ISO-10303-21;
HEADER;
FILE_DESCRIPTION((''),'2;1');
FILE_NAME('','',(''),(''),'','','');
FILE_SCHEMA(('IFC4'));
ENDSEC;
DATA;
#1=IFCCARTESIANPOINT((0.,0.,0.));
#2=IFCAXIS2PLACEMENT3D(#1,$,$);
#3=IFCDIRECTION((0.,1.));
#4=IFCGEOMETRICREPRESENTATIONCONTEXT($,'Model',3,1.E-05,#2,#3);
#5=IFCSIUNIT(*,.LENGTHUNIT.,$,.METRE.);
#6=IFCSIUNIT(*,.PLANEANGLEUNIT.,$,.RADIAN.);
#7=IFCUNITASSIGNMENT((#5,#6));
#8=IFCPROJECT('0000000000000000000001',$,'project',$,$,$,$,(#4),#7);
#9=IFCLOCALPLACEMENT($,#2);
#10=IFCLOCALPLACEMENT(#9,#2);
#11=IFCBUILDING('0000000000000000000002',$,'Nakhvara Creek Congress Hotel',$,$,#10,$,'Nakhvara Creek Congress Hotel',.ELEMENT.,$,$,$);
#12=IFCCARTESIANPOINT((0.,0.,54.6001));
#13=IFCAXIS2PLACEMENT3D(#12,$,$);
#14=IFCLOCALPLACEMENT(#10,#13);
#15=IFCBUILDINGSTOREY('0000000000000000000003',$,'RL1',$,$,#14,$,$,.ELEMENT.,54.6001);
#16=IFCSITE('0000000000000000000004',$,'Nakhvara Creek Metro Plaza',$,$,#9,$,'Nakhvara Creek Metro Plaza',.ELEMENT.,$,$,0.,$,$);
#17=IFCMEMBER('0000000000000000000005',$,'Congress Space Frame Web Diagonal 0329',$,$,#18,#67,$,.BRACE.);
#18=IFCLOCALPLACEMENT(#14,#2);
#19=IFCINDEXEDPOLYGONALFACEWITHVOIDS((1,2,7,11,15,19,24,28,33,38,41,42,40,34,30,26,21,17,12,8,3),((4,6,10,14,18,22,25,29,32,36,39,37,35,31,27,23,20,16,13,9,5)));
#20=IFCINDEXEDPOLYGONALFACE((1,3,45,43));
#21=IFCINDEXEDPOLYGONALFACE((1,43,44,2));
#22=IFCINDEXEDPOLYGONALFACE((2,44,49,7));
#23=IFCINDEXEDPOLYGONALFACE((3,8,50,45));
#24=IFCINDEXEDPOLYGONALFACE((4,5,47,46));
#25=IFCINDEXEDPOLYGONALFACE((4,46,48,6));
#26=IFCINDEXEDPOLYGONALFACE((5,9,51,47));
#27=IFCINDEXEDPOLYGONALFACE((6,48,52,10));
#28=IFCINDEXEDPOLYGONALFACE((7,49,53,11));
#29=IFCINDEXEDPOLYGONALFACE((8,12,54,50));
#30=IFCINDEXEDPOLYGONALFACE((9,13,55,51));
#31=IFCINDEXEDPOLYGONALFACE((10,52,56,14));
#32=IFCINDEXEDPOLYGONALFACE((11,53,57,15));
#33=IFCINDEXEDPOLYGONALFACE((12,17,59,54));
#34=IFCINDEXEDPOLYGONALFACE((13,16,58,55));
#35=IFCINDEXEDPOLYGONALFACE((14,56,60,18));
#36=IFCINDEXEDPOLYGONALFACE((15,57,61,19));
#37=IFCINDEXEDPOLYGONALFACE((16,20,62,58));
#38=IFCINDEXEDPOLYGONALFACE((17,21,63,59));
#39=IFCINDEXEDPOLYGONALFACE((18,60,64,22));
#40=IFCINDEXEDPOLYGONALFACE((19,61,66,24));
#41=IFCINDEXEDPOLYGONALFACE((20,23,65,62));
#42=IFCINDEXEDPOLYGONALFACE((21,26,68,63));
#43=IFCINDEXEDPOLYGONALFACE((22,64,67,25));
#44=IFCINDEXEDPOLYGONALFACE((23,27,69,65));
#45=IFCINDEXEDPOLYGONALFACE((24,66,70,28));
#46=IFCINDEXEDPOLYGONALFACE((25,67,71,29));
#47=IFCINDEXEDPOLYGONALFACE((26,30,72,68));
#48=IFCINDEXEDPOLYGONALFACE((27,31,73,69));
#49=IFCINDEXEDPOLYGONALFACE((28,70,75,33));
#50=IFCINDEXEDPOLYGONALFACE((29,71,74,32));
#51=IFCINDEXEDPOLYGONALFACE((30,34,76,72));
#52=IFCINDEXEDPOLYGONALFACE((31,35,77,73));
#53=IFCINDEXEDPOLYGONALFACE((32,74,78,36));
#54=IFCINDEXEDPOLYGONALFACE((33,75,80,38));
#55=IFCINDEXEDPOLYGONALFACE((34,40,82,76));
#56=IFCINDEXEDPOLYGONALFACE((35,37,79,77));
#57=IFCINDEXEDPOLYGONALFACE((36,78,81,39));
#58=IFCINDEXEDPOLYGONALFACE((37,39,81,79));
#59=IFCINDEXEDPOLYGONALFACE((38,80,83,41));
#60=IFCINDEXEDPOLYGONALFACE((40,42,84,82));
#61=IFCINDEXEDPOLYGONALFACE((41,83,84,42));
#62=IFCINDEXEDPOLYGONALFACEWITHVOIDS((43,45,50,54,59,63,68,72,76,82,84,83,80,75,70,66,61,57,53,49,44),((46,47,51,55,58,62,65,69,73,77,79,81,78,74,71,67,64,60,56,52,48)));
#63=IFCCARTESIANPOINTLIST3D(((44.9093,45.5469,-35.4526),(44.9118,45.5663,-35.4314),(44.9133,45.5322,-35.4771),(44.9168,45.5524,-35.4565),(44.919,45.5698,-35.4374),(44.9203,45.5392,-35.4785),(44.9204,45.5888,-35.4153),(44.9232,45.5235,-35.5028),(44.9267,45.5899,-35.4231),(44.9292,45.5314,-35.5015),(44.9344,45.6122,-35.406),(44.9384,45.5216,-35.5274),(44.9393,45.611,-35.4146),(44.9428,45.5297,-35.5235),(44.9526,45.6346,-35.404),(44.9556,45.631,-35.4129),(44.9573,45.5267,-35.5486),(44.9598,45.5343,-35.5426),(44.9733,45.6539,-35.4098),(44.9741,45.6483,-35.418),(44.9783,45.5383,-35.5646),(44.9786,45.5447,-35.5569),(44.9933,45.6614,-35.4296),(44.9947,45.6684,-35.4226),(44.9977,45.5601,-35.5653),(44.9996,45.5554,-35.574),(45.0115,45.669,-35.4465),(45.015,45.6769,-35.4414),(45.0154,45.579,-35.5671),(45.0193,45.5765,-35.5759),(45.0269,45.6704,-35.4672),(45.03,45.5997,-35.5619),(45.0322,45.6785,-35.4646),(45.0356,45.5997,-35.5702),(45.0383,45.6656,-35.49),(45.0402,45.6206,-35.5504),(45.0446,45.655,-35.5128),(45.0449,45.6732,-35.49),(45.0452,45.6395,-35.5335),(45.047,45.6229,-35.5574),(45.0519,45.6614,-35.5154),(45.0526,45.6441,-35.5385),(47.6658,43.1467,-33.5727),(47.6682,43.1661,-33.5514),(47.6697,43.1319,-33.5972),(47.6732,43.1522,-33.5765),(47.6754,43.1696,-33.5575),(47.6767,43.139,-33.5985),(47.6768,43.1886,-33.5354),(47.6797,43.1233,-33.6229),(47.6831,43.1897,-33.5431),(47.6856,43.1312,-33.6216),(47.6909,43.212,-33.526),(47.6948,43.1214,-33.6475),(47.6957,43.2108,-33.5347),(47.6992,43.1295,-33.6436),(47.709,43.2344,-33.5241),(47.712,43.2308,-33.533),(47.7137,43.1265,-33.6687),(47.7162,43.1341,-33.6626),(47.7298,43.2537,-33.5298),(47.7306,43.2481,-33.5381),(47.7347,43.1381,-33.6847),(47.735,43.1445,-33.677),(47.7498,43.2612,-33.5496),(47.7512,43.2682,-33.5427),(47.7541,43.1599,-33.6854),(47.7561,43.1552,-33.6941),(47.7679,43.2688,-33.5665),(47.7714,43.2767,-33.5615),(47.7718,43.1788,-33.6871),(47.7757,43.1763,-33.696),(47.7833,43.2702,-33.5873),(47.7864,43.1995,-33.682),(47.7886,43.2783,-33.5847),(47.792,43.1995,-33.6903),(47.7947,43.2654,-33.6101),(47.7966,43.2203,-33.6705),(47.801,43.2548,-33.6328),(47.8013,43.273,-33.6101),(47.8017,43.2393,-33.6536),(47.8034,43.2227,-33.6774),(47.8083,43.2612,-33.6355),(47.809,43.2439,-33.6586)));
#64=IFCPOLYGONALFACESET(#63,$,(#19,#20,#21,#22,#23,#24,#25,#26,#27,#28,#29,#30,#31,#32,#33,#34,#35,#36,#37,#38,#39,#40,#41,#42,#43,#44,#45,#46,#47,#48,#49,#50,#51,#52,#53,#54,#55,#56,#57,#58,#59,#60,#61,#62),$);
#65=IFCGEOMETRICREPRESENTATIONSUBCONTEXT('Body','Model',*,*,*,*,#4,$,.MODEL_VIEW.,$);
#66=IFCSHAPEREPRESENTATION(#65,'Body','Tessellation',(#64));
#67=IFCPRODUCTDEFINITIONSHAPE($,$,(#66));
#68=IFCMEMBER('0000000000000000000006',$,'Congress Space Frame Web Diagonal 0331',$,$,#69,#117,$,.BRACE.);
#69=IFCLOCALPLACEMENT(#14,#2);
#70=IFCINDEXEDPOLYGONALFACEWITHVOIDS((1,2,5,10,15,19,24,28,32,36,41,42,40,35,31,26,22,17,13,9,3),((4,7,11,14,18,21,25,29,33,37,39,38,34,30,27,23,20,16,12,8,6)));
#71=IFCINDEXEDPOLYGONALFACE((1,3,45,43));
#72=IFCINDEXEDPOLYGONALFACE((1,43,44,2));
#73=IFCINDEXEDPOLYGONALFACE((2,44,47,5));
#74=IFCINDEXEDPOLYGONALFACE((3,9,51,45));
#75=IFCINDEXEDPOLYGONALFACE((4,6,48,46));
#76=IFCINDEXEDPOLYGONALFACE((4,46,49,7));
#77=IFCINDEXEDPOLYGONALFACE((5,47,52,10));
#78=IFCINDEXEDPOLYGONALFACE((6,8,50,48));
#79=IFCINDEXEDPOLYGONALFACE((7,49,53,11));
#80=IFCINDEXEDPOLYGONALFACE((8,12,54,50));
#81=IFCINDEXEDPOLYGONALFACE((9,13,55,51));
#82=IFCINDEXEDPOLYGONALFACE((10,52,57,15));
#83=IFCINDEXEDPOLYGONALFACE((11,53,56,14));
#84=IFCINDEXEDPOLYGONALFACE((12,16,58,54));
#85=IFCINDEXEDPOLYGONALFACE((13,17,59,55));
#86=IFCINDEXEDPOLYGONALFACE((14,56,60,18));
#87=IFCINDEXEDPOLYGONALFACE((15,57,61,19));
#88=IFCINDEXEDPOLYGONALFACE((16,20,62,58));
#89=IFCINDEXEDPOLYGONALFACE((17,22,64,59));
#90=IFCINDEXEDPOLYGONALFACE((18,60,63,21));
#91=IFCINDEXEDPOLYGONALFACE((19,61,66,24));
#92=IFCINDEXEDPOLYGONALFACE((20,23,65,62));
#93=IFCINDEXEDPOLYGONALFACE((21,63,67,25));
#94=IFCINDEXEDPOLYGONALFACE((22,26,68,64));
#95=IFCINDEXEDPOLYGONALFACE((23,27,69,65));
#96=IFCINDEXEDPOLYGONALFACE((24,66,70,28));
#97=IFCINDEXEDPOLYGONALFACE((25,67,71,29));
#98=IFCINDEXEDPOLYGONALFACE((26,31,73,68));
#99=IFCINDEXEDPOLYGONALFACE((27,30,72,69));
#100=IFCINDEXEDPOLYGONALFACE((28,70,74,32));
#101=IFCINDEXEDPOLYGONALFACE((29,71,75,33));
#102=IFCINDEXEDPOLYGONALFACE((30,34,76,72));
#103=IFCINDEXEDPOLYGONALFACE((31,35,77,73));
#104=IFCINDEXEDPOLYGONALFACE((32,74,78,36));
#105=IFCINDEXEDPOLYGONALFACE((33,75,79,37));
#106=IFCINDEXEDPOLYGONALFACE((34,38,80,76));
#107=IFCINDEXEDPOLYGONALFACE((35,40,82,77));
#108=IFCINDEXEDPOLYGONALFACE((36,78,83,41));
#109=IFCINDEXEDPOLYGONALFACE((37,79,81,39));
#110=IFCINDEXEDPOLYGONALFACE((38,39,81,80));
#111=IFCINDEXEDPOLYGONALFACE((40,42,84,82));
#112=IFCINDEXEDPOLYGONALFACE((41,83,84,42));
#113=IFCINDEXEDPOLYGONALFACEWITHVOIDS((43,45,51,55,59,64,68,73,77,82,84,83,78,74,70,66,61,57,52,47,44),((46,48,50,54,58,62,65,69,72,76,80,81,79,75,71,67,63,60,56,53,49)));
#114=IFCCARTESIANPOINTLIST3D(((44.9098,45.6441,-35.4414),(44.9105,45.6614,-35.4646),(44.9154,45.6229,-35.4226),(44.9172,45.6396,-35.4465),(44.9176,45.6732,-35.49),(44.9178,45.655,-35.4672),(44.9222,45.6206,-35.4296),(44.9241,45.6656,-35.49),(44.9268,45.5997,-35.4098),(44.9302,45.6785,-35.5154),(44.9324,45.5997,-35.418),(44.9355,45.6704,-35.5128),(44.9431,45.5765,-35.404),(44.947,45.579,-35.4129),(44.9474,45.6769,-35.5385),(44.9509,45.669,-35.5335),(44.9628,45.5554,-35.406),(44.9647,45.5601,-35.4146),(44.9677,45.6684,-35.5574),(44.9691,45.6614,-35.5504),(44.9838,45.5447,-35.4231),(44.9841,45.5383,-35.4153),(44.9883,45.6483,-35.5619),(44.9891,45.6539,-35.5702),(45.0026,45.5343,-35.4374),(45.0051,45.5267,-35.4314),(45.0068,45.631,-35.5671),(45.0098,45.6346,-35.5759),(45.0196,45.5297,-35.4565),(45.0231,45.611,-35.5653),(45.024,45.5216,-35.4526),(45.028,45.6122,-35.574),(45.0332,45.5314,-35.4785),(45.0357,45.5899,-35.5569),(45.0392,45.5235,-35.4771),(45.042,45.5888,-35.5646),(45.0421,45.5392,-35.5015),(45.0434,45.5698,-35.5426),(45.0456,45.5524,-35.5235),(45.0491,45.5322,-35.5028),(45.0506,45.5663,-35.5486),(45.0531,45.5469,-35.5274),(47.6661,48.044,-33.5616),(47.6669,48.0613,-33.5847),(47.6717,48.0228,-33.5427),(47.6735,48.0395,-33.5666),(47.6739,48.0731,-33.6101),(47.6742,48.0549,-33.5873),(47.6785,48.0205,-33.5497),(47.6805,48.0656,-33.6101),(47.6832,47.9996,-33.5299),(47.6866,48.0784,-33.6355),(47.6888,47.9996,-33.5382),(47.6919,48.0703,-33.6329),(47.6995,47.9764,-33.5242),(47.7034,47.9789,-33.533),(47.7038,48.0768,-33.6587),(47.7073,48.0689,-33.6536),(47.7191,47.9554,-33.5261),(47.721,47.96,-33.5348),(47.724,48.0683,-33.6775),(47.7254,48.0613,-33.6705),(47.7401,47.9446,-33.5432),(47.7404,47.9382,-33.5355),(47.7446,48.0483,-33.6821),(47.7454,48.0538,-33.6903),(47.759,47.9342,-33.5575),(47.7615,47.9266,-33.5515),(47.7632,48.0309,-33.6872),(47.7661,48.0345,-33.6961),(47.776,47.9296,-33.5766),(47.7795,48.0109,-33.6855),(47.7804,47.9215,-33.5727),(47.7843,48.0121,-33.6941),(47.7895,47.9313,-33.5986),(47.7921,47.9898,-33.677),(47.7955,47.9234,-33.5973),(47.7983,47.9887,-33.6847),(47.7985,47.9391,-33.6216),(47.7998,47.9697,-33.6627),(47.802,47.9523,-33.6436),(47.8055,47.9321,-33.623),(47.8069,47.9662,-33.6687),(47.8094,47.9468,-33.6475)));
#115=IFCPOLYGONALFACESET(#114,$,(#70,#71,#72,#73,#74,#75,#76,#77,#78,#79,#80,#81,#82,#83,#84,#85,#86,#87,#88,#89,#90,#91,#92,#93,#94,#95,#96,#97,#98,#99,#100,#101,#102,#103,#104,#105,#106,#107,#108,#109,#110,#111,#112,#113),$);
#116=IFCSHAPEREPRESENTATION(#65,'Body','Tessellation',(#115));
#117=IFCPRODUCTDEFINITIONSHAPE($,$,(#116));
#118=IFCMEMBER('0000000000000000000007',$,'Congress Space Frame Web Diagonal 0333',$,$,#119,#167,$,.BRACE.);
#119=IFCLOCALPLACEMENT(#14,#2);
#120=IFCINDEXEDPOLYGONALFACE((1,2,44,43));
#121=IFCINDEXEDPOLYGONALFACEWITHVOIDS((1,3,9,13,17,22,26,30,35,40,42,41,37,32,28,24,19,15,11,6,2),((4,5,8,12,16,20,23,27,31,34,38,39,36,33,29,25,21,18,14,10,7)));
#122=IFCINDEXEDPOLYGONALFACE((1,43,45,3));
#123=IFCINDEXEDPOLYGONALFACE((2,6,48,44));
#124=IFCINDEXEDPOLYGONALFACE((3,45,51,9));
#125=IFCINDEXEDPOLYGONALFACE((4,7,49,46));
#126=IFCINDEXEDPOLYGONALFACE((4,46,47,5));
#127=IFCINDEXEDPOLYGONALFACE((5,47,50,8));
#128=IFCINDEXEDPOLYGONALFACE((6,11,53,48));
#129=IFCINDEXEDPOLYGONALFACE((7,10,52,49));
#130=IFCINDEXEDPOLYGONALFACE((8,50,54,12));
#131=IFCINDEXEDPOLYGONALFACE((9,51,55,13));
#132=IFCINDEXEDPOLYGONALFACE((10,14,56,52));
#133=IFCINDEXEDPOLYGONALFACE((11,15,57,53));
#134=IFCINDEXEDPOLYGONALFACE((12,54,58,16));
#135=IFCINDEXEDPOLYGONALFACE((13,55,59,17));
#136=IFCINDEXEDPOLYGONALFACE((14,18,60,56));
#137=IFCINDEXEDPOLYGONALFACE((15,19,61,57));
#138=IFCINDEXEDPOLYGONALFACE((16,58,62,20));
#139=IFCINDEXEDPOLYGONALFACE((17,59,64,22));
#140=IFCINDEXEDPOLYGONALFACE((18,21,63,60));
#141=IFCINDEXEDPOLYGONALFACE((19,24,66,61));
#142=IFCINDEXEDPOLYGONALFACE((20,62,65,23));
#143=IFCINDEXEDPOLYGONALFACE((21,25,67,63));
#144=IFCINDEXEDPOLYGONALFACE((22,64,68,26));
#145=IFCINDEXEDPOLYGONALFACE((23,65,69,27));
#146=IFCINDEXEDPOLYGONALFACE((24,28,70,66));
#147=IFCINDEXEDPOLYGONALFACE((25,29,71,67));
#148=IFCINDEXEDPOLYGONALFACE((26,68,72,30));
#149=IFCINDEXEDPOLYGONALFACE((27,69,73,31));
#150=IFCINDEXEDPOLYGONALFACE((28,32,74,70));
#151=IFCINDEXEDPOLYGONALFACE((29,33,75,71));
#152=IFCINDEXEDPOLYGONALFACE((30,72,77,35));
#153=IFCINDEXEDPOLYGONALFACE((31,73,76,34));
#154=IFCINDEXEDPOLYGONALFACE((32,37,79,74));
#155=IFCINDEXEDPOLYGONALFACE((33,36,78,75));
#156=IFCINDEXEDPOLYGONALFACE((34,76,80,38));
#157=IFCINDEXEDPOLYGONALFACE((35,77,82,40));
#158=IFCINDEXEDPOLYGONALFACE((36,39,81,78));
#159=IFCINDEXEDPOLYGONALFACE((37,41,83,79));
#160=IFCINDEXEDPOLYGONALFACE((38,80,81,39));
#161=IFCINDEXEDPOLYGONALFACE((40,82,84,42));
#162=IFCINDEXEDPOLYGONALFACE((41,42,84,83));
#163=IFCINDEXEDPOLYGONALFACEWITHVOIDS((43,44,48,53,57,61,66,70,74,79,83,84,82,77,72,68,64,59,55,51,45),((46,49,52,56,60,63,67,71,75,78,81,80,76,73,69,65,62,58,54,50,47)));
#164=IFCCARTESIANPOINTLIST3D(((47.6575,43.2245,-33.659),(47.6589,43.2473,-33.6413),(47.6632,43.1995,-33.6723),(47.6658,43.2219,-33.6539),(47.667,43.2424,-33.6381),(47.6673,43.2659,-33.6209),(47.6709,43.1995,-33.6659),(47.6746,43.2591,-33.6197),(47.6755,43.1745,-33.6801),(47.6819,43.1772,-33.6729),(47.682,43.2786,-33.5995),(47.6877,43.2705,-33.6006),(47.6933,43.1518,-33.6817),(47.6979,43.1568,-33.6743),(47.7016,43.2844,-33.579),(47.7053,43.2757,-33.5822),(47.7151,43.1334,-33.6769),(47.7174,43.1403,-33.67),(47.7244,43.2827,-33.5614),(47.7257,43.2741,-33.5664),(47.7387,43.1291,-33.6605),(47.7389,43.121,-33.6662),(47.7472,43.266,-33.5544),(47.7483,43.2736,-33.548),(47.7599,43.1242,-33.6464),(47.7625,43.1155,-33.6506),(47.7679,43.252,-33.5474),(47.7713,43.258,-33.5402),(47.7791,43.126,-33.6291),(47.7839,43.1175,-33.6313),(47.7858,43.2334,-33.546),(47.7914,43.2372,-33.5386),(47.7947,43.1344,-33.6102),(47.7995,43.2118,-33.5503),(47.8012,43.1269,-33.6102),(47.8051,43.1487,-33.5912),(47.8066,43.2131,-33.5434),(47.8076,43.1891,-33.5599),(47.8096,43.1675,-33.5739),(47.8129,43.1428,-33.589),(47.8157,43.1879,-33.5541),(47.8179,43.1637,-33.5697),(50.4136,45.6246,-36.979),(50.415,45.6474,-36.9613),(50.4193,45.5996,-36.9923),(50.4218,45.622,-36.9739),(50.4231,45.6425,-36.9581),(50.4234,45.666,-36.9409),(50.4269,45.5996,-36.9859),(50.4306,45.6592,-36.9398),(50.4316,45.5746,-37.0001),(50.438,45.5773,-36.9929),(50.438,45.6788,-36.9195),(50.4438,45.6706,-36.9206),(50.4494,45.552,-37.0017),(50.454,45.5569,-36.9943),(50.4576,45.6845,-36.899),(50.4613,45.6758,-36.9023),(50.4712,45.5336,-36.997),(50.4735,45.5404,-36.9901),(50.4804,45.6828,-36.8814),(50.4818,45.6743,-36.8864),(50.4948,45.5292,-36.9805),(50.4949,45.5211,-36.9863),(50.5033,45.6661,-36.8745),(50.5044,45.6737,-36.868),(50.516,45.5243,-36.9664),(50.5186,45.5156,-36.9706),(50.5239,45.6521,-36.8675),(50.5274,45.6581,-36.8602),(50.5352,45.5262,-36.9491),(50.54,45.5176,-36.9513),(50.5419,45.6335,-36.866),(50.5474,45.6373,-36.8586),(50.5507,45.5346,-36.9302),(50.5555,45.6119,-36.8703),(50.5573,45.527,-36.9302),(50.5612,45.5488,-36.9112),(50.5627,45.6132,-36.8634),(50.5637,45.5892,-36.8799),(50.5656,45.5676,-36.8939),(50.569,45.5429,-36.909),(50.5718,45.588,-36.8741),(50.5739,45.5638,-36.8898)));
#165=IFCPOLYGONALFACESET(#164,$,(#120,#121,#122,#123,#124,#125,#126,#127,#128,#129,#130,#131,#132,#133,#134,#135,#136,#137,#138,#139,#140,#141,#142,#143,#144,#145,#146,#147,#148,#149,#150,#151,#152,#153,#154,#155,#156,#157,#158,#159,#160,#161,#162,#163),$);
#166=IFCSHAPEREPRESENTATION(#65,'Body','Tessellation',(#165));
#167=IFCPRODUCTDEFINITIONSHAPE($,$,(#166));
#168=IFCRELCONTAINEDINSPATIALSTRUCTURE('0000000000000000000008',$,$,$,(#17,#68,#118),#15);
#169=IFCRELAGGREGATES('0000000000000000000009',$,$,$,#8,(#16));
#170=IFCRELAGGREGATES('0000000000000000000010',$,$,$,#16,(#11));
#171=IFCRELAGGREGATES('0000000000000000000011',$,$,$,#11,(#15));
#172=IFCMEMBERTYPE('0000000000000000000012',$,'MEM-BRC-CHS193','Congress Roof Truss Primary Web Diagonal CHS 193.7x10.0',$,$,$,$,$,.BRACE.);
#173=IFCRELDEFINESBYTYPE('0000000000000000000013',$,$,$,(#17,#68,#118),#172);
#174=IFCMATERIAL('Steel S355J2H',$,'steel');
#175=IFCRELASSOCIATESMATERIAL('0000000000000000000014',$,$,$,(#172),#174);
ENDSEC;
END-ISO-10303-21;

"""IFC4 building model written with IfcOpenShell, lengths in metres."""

from ifc_helpers import new_model, si_unit, direction, frame, origin, origin_2d, place, context, subcontext, project, spatial, hollow_circle, extrude, material, material_profile, profile_set, type_object, element, save


model = new_model("IFC4")

# Units and contexts
model_context = context("Model", 3, precision=1e-05, world=origin(), true_north=direction((0.0, 1.0)))
body_context = subcontext(model_context, "Body", "Model", "MODEL_VIEW")
ifc_project = project(units=[si_unit("LENGTHUNIT", "METRE"), si_unit("PLANEANGLEUNIT", "RADIAN")], contexts=[model_context])

# Site, building, storey
site_placement = place(None, origin())
site = spatial("IfcSite", under=ifc_project, at=site_placement, Name="Nakhvara Creek Metro Plaza", LongName="Nakhvara Creek Metro Plaza", CompositionType="ELEMENT", RefElevation=0.0)
building_placement = place(site_placement, origin())
building = spatial("IfcBuilding", under=site, at=building_placement, Name="Nakhvara Creek Congress Hotel", LongName="Nakhvara Creek Congress Hotel", CompositionType="ELEMENT")
storey_placement = place(building_placement, frame((0.0, 0.0, 54.6001)))
storey = spatial("IfcBuildingStorey", under=building, at=storey_placement, Name="RL1", CompositionType="ELEMENT", Elevation=54.6001)

# Members
ifc_material_1 = material(Name="Steel S355J2H", Category="steel")
ifc_material_profile_1 = material_profile(ifc_material_1, hollow_circle(Radius=0.0969, WallThickness=0.01, at=origin_2d()), Name="CHS 193.7x10.0", Category="LoadBearing")
ifc_profile_set_1 = profile_set([ifc_material_profile_1], Name="Steel S355J2H")
member_type_1 = type_object("IfcMemberType", Name="MEM-BRC-CHS193", Description="Congress Roof Truss Primary Web Diagonal CHS 193.7x10.0", PredefinedType="BRACE", material=ifc_profile_set_1)
member_1_placement = place(storey_placement, frame((44.9812, 45.6001, -35.49), z_axis=(0.670644, -0.583977, 0.457392), x_axis=(0.656696, 0.754155, 0.0)))
element("IfcMember", 1, at=member_1_placement, inside=storey, type_object=member_type_1, Name="Congress Space Frame Web Diagonal 0329", PredefinedType="BRACE", context=body_context, shape_type="SweptSolid", body=[
    extrude(hollow_circle(Radius=0.0969, WallThickness=0.01, at=origin_2d()), origin(), (0.0, 0.0, 1.0), 4.1101),
])
member_2_placement = place(storey_placement, frame((44.9812, 45.6001, -35.49), z_axis=(0.670667, 0.583938, 0.457408), x_axis=(-0.656658, 0.754188, 0.0)))
element("IfcMember", 2, at=member_2_placement, inside=storey, type_object=member_type_1, Name="Congress Space Frame Web Diagonal 0331", PredefinedType="BRACE", context=body_context, shape_type="SweptSolid", body=[
    extrude(hollow_circle(Radius=0.0969, WallThickness=0.01, at=origin_2d()), origin(), (0.0, 0.0, 1.0), 4.1099),
])
for number, where, z_axis, x_axis, name in (
    (3, (50.4937, 45.6001, -36.9302), (-0.55819, -0.486098, 0.672408), (0.656729, -0.754126, 0.0), "Congress Space Frame Web Diagonal 0333"),
):
    element("IfcMember", number, at=place(storey_placement, frame(where, z_axis=z_axis, x_axis=x_axis)), inside=storey, type_object=member_type_1, Name=name, PredefinedType="BRACE", context=body_context, shape_type="SweptSolid", body=[
        extrude(hollow_circle(Radius=0.0969, WallThickness=0.01, at=origin_2d()), origin(), (0.0, 0.0, 1.0), 4.9375),
    ])

save(model, "model.ifc")
